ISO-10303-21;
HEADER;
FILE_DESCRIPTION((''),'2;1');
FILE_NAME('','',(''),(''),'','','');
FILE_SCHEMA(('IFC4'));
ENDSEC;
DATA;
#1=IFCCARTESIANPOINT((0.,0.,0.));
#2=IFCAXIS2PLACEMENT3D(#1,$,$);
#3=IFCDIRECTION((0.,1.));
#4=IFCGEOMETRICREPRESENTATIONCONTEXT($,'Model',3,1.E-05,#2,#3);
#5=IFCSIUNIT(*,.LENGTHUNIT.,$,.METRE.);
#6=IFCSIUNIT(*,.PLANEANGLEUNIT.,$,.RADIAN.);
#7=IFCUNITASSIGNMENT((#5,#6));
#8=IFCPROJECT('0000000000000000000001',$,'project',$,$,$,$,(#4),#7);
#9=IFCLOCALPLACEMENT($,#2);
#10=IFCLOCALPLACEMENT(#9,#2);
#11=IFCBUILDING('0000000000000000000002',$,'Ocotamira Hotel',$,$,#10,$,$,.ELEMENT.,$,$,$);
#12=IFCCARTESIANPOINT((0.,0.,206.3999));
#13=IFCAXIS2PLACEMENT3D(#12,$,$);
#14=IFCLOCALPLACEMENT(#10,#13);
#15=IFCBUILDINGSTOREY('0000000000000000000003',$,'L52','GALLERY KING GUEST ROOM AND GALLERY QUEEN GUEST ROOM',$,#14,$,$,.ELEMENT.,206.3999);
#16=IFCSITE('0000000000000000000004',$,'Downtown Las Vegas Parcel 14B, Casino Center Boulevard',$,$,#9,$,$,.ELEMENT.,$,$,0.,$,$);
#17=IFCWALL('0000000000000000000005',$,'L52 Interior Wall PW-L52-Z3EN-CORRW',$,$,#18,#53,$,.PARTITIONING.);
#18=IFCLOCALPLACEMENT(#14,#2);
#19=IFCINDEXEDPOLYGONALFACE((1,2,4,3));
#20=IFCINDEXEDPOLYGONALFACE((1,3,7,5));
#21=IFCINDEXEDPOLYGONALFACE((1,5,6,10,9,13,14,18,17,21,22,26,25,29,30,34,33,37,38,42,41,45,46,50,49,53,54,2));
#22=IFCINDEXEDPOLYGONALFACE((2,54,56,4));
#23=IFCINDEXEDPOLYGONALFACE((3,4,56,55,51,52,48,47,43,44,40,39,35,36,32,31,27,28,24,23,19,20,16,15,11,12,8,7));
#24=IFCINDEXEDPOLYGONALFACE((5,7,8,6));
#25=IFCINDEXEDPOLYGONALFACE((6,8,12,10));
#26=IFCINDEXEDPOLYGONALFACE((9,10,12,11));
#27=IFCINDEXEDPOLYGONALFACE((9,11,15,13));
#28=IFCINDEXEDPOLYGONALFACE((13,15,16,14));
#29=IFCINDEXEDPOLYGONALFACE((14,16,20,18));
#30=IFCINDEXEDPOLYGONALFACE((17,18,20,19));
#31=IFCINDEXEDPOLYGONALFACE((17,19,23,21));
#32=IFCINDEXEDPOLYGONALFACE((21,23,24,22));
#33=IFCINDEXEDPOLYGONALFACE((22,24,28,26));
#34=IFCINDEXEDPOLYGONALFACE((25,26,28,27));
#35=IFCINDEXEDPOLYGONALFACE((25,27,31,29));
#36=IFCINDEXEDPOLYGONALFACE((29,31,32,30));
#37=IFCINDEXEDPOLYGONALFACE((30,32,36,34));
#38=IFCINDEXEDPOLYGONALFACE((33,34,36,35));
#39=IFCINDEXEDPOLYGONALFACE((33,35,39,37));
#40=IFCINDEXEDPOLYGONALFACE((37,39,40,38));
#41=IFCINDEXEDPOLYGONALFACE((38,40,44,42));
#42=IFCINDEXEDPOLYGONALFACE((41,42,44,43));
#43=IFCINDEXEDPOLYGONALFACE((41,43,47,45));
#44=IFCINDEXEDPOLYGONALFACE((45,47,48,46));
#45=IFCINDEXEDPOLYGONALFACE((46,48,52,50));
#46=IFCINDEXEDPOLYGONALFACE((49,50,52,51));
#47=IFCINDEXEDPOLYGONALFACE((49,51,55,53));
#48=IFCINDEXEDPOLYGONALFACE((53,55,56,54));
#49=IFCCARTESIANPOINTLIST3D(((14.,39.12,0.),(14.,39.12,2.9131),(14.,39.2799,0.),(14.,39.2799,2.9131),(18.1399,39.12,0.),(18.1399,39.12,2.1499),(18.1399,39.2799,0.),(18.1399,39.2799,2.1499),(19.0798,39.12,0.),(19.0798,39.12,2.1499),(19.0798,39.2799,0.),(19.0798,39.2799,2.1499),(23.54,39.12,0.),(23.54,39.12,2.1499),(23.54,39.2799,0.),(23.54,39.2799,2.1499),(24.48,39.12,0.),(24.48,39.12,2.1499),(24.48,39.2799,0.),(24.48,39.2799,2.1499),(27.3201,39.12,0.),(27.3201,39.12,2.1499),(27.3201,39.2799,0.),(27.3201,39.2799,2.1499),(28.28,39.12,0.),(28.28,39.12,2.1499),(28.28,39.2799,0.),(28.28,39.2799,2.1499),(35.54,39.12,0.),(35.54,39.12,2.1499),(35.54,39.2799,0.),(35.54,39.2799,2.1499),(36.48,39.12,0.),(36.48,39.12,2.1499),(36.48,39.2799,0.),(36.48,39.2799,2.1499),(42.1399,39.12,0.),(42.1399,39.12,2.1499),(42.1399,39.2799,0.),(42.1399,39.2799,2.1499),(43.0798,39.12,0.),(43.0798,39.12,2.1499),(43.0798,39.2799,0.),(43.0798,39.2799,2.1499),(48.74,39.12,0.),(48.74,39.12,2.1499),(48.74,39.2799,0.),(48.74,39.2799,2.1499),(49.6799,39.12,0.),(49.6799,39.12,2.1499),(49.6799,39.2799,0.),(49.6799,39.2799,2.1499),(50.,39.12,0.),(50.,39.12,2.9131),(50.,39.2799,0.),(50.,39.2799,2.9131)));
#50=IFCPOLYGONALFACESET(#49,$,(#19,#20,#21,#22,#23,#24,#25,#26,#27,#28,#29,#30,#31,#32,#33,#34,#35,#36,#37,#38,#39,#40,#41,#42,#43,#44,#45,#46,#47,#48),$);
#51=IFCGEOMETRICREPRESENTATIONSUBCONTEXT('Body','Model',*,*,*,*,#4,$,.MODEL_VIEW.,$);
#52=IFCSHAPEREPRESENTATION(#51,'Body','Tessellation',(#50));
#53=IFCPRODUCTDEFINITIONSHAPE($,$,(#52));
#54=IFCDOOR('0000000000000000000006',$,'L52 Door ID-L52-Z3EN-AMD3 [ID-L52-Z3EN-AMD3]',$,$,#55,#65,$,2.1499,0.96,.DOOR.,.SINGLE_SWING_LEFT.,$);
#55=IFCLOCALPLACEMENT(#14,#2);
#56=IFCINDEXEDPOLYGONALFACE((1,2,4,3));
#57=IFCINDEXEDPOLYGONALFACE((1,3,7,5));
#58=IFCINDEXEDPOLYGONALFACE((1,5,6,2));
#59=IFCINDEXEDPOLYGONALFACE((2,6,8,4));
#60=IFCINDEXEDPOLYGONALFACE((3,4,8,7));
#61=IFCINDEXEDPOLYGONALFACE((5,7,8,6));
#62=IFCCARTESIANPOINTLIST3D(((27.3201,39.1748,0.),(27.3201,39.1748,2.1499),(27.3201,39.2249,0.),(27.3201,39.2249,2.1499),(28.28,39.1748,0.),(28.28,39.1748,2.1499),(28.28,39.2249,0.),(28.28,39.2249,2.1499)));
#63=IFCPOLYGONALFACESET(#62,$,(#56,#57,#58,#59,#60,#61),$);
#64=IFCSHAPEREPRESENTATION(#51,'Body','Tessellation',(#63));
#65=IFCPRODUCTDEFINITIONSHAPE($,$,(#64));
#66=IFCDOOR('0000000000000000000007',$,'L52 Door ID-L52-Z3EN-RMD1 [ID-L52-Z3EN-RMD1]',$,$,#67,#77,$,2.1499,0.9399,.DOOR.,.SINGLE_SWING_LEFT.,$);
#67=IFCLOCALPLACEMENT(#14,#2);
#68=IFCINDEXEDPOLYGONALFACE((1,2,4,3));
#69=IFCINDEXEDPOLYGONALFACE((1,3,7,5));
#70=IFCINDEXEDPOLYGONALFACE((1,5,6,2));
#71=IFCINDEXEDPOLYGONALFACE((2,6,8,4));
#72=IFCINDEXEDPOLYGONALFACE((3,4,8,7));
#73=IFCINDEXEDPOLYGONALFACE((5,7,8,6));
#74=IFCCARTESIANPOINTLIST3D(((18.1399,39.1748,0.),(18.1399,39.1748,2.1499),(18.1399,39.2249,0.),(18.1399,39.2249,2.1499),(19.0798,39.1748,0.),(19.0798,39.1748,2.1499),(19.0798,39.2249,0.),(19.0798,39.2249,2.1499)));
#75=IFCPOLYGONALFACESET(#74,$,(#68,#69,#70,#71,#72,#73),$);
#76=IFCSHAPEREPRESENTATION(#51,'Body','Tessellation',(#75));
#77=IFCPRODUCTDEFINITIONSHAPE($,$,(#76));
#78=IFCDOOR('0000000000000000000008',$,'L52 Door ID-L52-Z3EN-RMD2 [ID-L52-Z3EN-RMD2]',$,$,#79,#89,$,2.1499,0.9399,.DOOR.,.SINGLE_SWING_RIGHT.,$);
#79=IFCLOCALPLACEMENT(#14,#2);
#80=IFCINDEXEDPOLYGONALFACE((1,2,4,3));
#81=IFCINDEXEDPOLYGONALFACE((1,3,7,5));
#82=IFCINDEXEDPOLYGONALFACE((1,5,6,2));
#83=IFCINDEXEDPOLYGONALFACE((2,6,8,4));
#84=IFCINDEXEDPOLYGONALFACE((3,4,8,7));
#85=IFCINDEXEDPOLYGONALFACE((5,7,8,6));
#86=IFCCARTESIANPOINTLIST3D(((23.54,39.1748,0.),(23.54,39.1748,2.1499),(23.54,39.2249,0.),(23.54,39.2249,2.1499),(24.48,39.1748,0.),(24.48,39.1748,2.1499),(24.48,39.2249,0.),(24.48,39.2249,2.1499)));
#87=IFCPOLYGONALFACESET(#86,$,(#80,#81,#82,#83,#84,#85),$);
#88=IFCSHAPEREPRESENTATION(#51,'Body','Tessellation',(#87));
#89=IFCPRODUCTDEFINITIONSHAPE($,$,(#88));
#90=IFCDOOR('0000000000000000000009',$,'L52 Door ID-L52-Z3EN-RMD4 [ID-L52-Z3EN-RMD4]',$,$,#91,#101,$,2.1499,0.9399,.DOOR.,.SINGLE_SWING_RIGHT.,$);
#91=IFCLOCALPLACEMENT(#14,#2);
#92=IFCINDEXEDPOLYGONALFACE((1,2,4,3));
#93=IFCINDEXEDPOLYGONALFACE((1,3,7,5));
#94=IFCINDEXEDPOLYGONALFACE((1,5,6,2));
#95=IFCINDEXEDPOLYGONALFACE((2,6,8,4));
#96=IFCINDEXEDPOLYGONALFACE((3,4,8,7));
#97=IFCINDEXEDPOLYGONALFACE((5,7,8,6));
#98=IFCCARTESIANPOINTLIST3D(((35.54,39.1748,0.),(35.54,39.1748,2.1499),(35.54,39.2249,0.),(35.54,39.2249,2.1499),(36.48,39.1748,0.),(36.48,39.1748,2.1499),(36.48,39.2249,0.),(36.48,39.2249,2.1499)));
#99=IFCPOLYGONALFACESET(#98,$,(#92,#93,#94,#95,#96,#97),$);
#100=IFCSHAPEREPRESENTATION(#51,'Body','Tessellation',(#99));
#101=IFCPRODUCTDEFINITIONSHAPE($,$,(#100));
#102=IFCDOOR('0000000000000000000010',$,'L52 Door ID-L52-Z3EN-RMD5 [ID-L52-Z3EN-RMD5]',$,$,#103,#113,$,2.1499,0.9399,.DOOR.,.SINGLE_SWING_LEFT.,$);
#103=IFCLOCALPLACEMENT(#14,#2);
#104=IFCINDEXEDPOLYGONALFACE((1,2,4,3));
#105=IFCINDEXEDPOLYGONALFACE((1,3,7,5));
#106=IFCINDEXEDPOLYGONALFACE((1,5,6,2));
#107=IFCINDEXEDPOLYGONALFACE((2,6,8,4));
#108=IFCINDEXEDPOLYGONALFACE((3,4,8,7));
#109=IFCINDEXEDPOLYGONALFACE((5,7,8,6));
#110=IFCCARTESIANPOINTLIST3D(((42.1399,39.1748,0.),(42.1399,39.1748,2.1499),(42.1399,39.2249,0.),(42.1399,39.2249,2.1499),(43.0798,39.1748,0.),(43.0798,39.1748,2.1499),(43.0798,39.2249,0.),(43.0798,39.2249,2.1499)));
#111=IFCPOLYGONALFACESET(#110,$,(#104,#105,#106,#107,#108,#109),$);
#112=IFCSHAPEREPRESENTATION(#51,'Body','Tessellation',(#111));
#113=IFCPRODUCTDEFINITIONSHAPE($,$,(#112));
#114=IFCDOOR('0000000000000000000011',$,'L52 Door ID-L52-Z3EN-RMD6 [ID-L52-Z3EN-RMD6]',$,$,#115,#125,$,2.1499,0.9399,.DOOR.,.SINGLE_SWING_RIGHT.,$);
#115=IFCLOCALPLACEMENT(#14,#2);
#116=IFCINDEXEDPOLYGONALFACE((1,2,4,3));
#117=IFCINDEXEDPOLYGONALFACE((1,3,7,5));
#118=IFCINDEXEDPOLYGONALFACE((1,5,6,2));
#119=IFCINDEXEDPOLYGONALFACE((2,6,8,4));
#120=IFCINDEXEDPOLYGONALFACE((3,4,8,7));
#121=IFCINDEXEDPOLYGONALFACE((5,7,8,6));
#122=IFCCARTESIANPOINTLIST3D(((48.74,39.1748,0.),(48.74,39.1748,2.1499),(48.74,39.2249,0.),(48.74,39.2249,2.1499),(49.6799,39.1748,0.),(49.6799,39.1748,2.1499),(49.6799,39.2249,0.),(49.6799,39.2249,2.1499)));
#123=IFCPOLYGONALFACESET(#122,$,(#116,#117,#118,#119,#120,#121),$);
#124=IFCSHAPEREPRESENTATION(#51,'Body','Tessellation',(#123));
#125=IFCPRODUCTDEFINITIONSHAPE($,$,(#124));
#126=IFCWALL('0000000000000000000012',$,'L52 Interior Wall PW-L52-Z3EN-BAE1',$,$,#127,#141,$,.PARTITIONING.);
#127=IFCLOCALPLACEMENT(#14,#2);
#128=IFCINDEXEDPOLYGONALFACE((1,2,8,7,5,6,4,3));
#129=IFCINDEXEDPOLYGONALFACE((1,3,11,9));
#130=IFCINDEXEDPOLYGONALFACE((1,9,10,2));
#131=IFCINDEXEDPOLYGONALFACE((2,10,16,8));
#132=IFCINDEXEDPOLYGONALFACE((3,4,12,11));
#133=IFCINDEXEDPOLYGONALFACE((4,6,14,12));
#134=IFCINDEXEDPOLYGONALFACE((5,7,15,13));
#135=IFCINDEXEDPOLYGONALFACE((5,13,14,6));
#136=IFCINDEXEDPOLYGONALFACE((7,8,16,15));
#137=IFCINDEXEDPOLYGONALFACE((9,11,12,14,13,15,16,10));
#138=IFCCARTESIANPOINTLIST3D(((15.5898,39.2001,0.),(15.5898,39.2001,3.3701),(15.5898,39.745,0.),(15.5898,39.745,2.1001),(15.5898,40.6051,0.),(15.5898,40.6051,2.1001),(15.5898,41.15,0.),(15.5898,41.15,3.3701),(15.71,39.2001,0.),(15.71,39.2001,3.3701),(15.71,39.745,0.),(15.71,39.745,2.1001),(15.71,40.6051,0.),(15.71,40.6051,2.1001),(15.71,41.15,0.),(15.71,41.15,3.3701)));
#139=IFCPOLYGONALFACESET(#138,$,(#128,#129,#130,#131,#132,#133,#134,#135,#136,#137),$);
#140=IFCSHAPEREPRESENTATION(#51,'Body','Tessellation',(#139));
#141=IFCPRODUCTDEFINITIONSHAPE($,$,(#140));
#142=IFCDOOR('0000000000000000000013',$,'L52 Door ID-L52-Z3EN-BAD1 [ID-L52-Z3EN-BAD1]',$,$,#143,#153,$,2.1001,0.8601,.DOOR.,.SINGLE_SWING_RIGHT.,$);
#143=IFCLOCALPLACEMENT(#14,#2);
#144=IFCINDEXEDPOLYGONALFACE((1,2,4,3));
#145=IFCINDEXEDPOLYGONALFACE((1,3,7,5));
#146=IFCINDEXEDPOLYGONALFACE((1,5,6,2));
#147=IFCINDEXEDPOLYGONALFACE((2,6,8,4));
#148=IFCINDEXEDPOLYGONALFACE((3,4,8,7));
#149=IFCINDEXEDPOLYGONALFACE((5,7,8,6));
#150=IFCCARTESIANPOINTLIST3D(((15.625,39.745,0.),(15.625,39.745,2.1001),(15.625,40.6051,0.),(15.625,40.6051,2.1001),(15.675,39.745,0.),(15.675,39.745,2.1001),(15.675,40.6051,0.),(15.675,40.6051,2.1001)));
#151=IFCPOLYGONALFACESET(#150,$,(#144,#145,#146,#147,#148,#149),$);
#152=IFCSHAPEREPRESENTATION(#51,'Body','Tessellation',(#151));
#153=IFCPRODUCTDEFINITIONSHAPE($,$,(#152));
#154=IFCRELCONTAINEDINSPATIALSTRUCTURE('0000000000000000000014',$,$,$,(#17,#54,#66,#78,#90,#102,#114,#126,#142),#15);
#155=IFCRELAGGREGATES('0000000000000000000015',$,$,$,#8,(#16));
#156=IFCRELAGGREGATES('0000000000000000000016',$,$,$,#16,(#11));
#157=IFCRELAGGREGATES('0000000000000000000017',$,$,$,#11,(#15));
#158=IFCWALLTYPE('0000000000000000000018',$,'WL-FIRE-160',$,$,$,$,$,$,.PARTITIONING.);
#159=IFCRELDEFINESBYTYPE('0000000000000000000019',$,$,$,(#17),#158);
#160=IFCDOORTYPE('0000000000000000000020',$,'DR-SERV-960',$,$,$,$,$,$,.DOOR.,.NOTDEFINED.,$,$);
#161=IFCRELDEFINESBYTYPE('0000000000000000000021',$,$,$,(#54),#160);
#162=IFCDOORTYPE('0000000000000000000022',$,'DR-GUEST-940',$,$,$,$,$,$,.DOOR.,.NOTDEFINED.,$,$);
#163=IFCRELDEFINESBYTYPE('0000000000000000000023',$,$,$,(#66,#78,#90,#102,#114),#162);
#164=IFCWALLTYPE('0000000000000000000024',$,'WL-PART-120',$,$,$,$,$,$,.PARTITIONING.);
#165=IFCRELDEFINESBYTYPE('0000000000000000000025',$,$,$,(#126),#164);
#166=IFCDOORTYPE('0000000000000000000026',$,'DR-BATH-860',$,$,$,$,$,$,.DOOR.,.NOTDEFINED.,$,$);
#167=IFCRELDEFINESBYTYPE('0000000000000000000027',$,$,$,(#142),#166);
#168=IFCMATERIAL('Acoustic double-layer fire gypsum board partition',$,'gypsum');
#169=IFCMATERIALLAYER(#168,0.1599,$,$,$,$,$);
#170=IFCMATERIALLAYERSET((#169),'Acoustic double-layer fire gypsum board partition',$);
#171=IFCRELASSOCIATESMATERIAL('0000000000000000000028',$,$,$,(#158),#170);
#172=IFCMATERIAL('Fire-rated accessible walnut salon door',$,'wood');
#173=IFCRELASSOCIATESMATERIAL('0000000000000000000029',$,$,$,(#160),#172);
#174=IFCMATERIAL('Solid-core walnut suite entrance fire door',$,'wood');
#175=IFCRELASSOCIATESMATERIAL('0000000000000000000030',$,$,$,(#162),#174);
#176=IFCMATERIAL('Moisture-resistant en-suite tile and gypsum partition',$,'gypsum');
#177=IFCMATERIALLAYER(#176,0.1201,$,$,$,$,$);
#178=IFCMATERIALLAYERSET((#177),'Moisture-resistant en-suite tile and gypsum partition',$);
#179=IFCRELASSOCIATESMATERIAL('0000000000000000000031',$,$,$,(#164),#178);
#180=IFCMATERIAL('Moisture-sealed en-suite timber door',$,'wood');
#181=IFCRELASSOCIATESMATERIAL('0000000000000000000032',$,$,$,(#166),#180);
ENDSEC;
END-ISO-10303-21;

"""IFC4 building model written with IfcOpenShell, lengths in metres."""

from ifc_helpers import new_model, si_unit, direction, frame, frame_2d, origin, place, context, subcontext, project, spatial, rectangle, extrude, source, transform, mapped, material, layer, layer_set, type_object, element, fill, save


model = new_model("IFC4")

# Units and contexts
model_context = context("Model", 3, precision=1e-05, world=origin(), true_north=direction((0.0, 1.0)))
body_context = subcontext(model_context, "Body", "Model", "MODEL_VIEW")
ifc_project = project(units=[si_unit("LENGTHUNIT", "METRE"), si_unit("PLANEANGLEUNIT", "RADIAN")], contexts=[model_context])

# Site, building, storey
site_placement = place(None, origin())
site = spatial("IfcSite", under=ifc_project, at=site_placement, Name="Downtown Las Vegas Parcel 14B, Casino Center Boulevard", CompositionType="ELEMENT", RefElevation=0.0)
building_placement = place(site_placement, origin())
building = spatial("IfcBuilding", under=site, at=building_placement, Name="Ocotamira Hotel", CompositionType="ELEMENT")
storey_placement = place(building_placement, frame((0.0, 0.0, 206.3999)))
storey = spatial("IfcBuildingStorey", under=building, at=storey_placement, Name="L52", Description="GALLERY KING GUEST ROOM AND GALLERY QUEEN GUEST ROOM", CompositionType="ELEMENT", Elevation=206.3999)

# Shared definitions
ifc_material_1 = material(Name="Acoustic double-layer fire gypsum board partition", Category="gypsum")
ifc_layer_1 = layer(ifc_material_1, 0.1599)
ifc_layer_set_1 = layer_set([ifc_layer_1], Name="Acoustic double-layer fire gypsum board partition")
wall_type_1 = type_object("IfcWallType", Name="WL-FIRE-160", PredefinedType="PARTITIONING", material=ifc_layer_set_1)
ifc_material_2 = material(Name="Fire-rated accessible walnut salon door", Category="wood")
door_type_1 = type_object("IfcDoorType", Name="DR-SERV-960", OperationType="NOTDEFINED", PredefinedType="DOOR", material=ifc_material_2)
shared_shape_1 = source(origin(), body_context, "Body", "SweptSolid", [
    extrude(rectangle(XDim=0.96, YDim=2.1499, at=frame_2d((0.48, 1.075))), frame((0.0, 0.0249, 0.0), z_axis=(0.0, -1.0, 0.0), x_axis=(1.0, 0.0, 0.0)), (0.0, 0.0, 1.0), 0.05),
])

# Wall, openings, doors
wall_1_placement = place(storey_placement, frame((14.0, 39.2, 0.0), z_axis=(0.0, 0.0, 1.0), x_axis=(1.0, 0.0, 0.0)))
wall_1 = element("IfcWall", 1, at=wall_1_placement, inside=storey, type_object=wall_type_1, Name="L52 Interior Wall PW-L52-Z3EN-CORRW", PredefinedType="PARTITIONING", context=body_context, shape_type="SweptSolid", body=[
    extrude(rectangle(XDim=36.0, YDim=0.1599, at=frame_2d((18.0, 0.0))), origin(), (0.0, 0.0, 1.0), 2.9131),
])
opening_1_placement = place(wall_1_placement, frame((4.1399, 0.0, 0.0)))
opening_1 = element("IfcOpeningElement", 2, at=opening_1_placement, cuts=wall_1, PredefinedType="OPENING", context=body_context, shape_type="SweptSolid", body=[
    extrude(rectangle(XDim=0.9399, YDim=2.1499, at=frame_2d((0.47, 1.075))), frame((0.0, 0.0898, 0.0), z_axis=(0.0, -1.0, 0.0), x_axis=(1.0, 0.0, 0.0)), (0.0, 0.0, 1.0), 0.1799),
])
opening_2_placement = place(wall_1_placement, frame((9.54, 0.0, 0.0)))
opening_2 = element("IfcOpeningElement", 3, at=opening_2_placement, cuts=wall_1, PredefinedType="OPENING", context=body_context, shape_type="SweptSolid", body=[
    extrude(rectangle(XDim=0.9399, YDim=2.1499, at=frame_2d((0.47, 1.075))), frame((0.0, 0.0898, 0.0), z_axis=(0.0, -1.0, 0.0), x_axis=(1.0, 0.0, 0.0)), (0.0, 0.0, 1.0), 0.1799),
])
opening_3_placement = place(wall_1_placement, frame((13.3201, 0.0, 0.0)))
opening_3 = element("IfcOpeningElement", 4, at=opening_3_placement, cuts=wall_1, PredefinedType="OPENING", context=body_context, shape_type="SweptSolid", body=[
    extrude(rectangle(XDim=0.96, YDim=2.1499, at=frame_2d((0.48, 1.075))), frame((0.0, 0.0898, 0.0), z_axis=(0.0, -1.0, 0.0), x_axis=(1.0, 0.0, 0.0)), (0.0, 0.0, 1.0), 0.1799),
])
opening_4_placement = place(wall_1_placement, frame((21.54, 0.0, 0.0)))
opening_4 = element("IfcOpeningElement", 5, at=opening_4_placement, cuts=wall_1, PredefinedType="OPENING", context=body_context, shape_type="SweptSolid", body=[
    extrude(rectangle(XDim=0.9399, YDim=2.1499, at=frame_2d((0.47, 1.075))), frame((0.0, 0.0898, 0.0), z_axis=(0.0, -1.0, 0.0), x_axis=(1.0, 0.0, 0.0)), (0.0, 0.0, 1.0), 0.1799),
])
opening_5_placement = place(wall_1_placement, frame((28.1399, 0.0, 0.0)))
opening_5 = element("IfcOpeningElement", 6, at=opening_5_placement, cuts=wall_1, PredefinedType="OPENING", context=body_context, shape_type="SweptSolid", body=[
    extrude(rectangle(XDim=0.9399, YDim=2.1499, at=frame_2d((0.47, 1.075))), frame((0.0, 0.0898, 0.0), z_axis=(0.0, -1.0, 0.0), x_axis=(1.0, 0.0, 0.0)), (0.0, 0.0, 1.0), 0.1799),
])
opening_6_placement = place(wall_1_placement, frame((34.74, 0.0, 0.0)))
opening_6 = element("IfcOpeningElement", 7, at=opening_6_placement, cuts=wall_1, PredefinedType="OPENING", context=body_context, shape_type="SweptSolid", body=[
    extrude(rectangle(XDim=0.9399, YDim=2.1499, at=frame_2d((0.47, 1.075))), frame((0.0, 0.0898, 0.0), z_axis=(0.0, -1.0, 0.0), x_axis=(1.0, 0.0, 0.0)), (0.0, 0.0, 1.0), 0.1799),
])
door_1_placement = place(opening_3_placement, origin())
door_1 = element("IfcDoor", 8, at=door_1_placement, inside=storey, type_object=door_type_1, Name="L52 Door ID-L52-Z3EN-AMD3 [ID-L52-Z3EN-AMD3]", OperationType="SINGLE_SWING_LEFT", OverallHeight=2.1499, OverallWidth=0.96, PredefinedType="DOOR", context=body_context, shape_type="MappedRepresentation", body=[
    mapped(shared_shape_1, transform((0.0, 0.0, 0.0), scale=1.0)),
])
fill(opening_3, door_1)
ifc_material_3 = material(Name="Solid-core walnut suite entrance fire door", Category="wood")
door_type_2 = type_object("IfcDoorType", Name="DR-GUEST-940", OperationType="NOTDEFINED", PredefinedType="DOOR", material=ifc_material_3)
shared_shape_2 = source(origin(), body_context, "Body", "SweptSolid", [
    extrude(rectangle(XDim=0.9399, YDim=2.1499, at=frame_2d((0.47, 1.075))), frame((0.0, 0.0249, 0.0), z_axis=(0.0, -1.0, 0.0), x_axis=(1.0, 0.0, 0.0)), (0.0, 0.0, 1.0), 0.05),
])
door_2_placement = place(opening_1_placement, origin())
door_2 = element("IfcDoor", 9, at=door_2_placement, inside=storey, type_object=door_type_2, Name="L52 Door ID-L52-Z3EN-RMD1 [ID-L52-Z3EN-RMD1]", OperationType="SINGLE_SWING_LEFT", OverallHeight=2.1499, OverallWidth=0.9399, PredefinedType="DOOR", context=body_context, shape_type="MappedRepresentation", body=[
    mapped(shared_shape_2, transform((0.0, 0.0, 0.0), scale=1.0)),
])
fill(opening_1, door_2)
door_3_placement = place(opening_2_placement, origin())
door_3 = element("IfcDoor", 10, at=door_3_placement, inside=storey, type_object=door_type_2, Name="L52 Door ID-L52-Z3EN-RMD2 [ID-L52-Z3EN-RMD2]", OperationType="SINGLE_SWING_RIGHT", OverallHeight=2.1499, OverallWidth=0.9399, PredefinedType="DOOR", context=body_context, shape_type="MappedRepresentation", body=[
    mapped(shared_shape_2, transform((0.0, 0.0, 0.0), scale=1.0)),
])
fill(opening_2, door_3)
door_4_placement = place(opening_4_placement, origin())
door_4 = element("IfcDoor", 11, at=door_4_placement, inside=storey, type_object=door_type_2, Name="L52 Door ID-L52-Z3EN-RMD4 [ID-L52-Z3EN-RMD4]", OperationType="SINGLE_SWING_RIGHT", OverallHeight=2.1499, OverallWidth=0.9399, PredefinedType="DOOR", context=body_context, shape_type="MappedRepresentation", body=[
    mapped(shared_shape_2, transform((0.0, 0.0, 0.0), scale=1.0)),
])
fill(opening_4, door_4)
door_5_placement = place(opening_5_placement, origin())
door_5 = element("IfcDoor", 12, at=door_5_placement, inside=storey, type_object=door_type_2, Name="L52 Door ID-L52-Z3EN-RMD5 [ID-L52-Z3EN-RMD5]", OperationType="SINGLE_SWING_LEFT", OverallHeight=2.1499, OverallWidth=0.9399, PredefinedType="DOOR", context=body_context, shape_type="MappedRepresentation", body=[
    mapped(shared_shape_2, transform((0.0, 0.0, 0.0), scale=1.0)),
])
fill(opening_5, door_5)
door_6_placement = place(opening_6_placement, origin())
door_6 = element("IfcDoor", 13, at=door_6_placement, inside=storey, type_object=door_type_2, Name="L52 Door ID-L52-Z3EN-RMD6 [ID-L52-Z3EN-RMD6]", OperationType="SINGLE_SWING_RIGHT", OverallHeight=2.1499, OverallWidth=0.9399, PredefinedType="DOOR", context=body_context, shape_type="MappedRepresentation", body=[
    mapped(shared_shape_2, transform((0.0, 0.0, 0.0), scale=1.0)),
])
fill(opening_6, door_6)

# Wall, opening, door
ifc_material_4 = material(Name="Moisture-resistant en-suite tile and gypsum partition", Category="gypsum")
ifc_layer_2 = layer(ifc_material_4, 0.1201)
ifc_layer_set_2 = layer_set([ifc_layer_2], Name="Moisture-resistant en-suite tile and gypsum partition")
wall_type_2 = type_object("IfcWallType", Name="WL-PART-120", PredefinedType="PARTITIONING", material=ifc_layer_set_2)
wall_2_placement = place(storey_placement, frame((15.6499, 39.2, 0.0), z_axis=(0.0, 0.0, 1.0), x_axis=(0.0, 1.0, 0.0)))
wall_2 = element("IfcWall", 14, at=wall_2_placement, inside=storey, type_object=wall_type_2, Name="L52 Interior Wall PW-L52-Z3EN-BAE1", PredefinedType="PARTITIONING", context=body_context, shape_type="SweptSolid", body=[
    extrude(rectangle(XDim=1.95, YDim=0.1201, at=frame_2d((0.9751, 0.0))), origin(), (0.0, 0.0, 1.0), 3.3701),
])
opening_7_placement = place(wall_2_placement, frame((0.5449, 0.0, 0.0)))
opening_7 = element("IfcOpeningElement", 15, at=opening_7_placement, cuts=wall_2, PredefinedType="OPENING", context=body_context, shape_type="SweptSolid", body=[
    extrude(rectangle(XDim=0.8601, YDim=2.1001, at=frame_2d((0.4302, 1.05))), frame((0.0, 0.0701, 0.0), z_axis=(0.0, -1.0, 0.0), x_axis=(1.0, 0.0, 0.0)), (0.0, 0.0, 1.0), 0.1401),
])
ifc_material_5 = material(Name="Moisture-sealed en-suite timber door", Category="wood")
door_type_3 = type_object("IfcDoorType", Name="DR-BATH-860", OperationType="NOTDEFINED", PredefinedType="DOOR", material=ifc_material_5)
shared_shape_3 = source(origin(), body_context, "Body", "SweptSolid", [
    extrude(rectangle(XDim=0.8601, YDim=2.1001, at=frame_2d((0.4302, 1.05))), frame((0.0, 0.0249, 0.0), z_axis=(0.0, -1.0, 0.0), x_axis=(1.0, 0.0, 0.0)), (0.0, 0.0, 1.0), 0.05),
])
door_7_placement = place(opening_7_placement, origin())
door_7 = element("IfcDoor", 16, at=door_7_placement, inside=storey, type_object=door_type_3, Name="L52 Door ID-L52-Z3EN-BAD1 [ID-L52-Z3EN-BAD1]", OperationType="SINGLE_SWING_RIGHT", OverallHeight=2.1001, OverallWidth=0.8601, PredefinedType="DOOR", context=body_context, shape_type="MappedRepresentation", body=[
    mapped(shared_shape_3, transform((0.0, 0.0, 0.0), scale=1.0)),
])
fill(opening_7, door_7)

save(model, "model.ifc")
